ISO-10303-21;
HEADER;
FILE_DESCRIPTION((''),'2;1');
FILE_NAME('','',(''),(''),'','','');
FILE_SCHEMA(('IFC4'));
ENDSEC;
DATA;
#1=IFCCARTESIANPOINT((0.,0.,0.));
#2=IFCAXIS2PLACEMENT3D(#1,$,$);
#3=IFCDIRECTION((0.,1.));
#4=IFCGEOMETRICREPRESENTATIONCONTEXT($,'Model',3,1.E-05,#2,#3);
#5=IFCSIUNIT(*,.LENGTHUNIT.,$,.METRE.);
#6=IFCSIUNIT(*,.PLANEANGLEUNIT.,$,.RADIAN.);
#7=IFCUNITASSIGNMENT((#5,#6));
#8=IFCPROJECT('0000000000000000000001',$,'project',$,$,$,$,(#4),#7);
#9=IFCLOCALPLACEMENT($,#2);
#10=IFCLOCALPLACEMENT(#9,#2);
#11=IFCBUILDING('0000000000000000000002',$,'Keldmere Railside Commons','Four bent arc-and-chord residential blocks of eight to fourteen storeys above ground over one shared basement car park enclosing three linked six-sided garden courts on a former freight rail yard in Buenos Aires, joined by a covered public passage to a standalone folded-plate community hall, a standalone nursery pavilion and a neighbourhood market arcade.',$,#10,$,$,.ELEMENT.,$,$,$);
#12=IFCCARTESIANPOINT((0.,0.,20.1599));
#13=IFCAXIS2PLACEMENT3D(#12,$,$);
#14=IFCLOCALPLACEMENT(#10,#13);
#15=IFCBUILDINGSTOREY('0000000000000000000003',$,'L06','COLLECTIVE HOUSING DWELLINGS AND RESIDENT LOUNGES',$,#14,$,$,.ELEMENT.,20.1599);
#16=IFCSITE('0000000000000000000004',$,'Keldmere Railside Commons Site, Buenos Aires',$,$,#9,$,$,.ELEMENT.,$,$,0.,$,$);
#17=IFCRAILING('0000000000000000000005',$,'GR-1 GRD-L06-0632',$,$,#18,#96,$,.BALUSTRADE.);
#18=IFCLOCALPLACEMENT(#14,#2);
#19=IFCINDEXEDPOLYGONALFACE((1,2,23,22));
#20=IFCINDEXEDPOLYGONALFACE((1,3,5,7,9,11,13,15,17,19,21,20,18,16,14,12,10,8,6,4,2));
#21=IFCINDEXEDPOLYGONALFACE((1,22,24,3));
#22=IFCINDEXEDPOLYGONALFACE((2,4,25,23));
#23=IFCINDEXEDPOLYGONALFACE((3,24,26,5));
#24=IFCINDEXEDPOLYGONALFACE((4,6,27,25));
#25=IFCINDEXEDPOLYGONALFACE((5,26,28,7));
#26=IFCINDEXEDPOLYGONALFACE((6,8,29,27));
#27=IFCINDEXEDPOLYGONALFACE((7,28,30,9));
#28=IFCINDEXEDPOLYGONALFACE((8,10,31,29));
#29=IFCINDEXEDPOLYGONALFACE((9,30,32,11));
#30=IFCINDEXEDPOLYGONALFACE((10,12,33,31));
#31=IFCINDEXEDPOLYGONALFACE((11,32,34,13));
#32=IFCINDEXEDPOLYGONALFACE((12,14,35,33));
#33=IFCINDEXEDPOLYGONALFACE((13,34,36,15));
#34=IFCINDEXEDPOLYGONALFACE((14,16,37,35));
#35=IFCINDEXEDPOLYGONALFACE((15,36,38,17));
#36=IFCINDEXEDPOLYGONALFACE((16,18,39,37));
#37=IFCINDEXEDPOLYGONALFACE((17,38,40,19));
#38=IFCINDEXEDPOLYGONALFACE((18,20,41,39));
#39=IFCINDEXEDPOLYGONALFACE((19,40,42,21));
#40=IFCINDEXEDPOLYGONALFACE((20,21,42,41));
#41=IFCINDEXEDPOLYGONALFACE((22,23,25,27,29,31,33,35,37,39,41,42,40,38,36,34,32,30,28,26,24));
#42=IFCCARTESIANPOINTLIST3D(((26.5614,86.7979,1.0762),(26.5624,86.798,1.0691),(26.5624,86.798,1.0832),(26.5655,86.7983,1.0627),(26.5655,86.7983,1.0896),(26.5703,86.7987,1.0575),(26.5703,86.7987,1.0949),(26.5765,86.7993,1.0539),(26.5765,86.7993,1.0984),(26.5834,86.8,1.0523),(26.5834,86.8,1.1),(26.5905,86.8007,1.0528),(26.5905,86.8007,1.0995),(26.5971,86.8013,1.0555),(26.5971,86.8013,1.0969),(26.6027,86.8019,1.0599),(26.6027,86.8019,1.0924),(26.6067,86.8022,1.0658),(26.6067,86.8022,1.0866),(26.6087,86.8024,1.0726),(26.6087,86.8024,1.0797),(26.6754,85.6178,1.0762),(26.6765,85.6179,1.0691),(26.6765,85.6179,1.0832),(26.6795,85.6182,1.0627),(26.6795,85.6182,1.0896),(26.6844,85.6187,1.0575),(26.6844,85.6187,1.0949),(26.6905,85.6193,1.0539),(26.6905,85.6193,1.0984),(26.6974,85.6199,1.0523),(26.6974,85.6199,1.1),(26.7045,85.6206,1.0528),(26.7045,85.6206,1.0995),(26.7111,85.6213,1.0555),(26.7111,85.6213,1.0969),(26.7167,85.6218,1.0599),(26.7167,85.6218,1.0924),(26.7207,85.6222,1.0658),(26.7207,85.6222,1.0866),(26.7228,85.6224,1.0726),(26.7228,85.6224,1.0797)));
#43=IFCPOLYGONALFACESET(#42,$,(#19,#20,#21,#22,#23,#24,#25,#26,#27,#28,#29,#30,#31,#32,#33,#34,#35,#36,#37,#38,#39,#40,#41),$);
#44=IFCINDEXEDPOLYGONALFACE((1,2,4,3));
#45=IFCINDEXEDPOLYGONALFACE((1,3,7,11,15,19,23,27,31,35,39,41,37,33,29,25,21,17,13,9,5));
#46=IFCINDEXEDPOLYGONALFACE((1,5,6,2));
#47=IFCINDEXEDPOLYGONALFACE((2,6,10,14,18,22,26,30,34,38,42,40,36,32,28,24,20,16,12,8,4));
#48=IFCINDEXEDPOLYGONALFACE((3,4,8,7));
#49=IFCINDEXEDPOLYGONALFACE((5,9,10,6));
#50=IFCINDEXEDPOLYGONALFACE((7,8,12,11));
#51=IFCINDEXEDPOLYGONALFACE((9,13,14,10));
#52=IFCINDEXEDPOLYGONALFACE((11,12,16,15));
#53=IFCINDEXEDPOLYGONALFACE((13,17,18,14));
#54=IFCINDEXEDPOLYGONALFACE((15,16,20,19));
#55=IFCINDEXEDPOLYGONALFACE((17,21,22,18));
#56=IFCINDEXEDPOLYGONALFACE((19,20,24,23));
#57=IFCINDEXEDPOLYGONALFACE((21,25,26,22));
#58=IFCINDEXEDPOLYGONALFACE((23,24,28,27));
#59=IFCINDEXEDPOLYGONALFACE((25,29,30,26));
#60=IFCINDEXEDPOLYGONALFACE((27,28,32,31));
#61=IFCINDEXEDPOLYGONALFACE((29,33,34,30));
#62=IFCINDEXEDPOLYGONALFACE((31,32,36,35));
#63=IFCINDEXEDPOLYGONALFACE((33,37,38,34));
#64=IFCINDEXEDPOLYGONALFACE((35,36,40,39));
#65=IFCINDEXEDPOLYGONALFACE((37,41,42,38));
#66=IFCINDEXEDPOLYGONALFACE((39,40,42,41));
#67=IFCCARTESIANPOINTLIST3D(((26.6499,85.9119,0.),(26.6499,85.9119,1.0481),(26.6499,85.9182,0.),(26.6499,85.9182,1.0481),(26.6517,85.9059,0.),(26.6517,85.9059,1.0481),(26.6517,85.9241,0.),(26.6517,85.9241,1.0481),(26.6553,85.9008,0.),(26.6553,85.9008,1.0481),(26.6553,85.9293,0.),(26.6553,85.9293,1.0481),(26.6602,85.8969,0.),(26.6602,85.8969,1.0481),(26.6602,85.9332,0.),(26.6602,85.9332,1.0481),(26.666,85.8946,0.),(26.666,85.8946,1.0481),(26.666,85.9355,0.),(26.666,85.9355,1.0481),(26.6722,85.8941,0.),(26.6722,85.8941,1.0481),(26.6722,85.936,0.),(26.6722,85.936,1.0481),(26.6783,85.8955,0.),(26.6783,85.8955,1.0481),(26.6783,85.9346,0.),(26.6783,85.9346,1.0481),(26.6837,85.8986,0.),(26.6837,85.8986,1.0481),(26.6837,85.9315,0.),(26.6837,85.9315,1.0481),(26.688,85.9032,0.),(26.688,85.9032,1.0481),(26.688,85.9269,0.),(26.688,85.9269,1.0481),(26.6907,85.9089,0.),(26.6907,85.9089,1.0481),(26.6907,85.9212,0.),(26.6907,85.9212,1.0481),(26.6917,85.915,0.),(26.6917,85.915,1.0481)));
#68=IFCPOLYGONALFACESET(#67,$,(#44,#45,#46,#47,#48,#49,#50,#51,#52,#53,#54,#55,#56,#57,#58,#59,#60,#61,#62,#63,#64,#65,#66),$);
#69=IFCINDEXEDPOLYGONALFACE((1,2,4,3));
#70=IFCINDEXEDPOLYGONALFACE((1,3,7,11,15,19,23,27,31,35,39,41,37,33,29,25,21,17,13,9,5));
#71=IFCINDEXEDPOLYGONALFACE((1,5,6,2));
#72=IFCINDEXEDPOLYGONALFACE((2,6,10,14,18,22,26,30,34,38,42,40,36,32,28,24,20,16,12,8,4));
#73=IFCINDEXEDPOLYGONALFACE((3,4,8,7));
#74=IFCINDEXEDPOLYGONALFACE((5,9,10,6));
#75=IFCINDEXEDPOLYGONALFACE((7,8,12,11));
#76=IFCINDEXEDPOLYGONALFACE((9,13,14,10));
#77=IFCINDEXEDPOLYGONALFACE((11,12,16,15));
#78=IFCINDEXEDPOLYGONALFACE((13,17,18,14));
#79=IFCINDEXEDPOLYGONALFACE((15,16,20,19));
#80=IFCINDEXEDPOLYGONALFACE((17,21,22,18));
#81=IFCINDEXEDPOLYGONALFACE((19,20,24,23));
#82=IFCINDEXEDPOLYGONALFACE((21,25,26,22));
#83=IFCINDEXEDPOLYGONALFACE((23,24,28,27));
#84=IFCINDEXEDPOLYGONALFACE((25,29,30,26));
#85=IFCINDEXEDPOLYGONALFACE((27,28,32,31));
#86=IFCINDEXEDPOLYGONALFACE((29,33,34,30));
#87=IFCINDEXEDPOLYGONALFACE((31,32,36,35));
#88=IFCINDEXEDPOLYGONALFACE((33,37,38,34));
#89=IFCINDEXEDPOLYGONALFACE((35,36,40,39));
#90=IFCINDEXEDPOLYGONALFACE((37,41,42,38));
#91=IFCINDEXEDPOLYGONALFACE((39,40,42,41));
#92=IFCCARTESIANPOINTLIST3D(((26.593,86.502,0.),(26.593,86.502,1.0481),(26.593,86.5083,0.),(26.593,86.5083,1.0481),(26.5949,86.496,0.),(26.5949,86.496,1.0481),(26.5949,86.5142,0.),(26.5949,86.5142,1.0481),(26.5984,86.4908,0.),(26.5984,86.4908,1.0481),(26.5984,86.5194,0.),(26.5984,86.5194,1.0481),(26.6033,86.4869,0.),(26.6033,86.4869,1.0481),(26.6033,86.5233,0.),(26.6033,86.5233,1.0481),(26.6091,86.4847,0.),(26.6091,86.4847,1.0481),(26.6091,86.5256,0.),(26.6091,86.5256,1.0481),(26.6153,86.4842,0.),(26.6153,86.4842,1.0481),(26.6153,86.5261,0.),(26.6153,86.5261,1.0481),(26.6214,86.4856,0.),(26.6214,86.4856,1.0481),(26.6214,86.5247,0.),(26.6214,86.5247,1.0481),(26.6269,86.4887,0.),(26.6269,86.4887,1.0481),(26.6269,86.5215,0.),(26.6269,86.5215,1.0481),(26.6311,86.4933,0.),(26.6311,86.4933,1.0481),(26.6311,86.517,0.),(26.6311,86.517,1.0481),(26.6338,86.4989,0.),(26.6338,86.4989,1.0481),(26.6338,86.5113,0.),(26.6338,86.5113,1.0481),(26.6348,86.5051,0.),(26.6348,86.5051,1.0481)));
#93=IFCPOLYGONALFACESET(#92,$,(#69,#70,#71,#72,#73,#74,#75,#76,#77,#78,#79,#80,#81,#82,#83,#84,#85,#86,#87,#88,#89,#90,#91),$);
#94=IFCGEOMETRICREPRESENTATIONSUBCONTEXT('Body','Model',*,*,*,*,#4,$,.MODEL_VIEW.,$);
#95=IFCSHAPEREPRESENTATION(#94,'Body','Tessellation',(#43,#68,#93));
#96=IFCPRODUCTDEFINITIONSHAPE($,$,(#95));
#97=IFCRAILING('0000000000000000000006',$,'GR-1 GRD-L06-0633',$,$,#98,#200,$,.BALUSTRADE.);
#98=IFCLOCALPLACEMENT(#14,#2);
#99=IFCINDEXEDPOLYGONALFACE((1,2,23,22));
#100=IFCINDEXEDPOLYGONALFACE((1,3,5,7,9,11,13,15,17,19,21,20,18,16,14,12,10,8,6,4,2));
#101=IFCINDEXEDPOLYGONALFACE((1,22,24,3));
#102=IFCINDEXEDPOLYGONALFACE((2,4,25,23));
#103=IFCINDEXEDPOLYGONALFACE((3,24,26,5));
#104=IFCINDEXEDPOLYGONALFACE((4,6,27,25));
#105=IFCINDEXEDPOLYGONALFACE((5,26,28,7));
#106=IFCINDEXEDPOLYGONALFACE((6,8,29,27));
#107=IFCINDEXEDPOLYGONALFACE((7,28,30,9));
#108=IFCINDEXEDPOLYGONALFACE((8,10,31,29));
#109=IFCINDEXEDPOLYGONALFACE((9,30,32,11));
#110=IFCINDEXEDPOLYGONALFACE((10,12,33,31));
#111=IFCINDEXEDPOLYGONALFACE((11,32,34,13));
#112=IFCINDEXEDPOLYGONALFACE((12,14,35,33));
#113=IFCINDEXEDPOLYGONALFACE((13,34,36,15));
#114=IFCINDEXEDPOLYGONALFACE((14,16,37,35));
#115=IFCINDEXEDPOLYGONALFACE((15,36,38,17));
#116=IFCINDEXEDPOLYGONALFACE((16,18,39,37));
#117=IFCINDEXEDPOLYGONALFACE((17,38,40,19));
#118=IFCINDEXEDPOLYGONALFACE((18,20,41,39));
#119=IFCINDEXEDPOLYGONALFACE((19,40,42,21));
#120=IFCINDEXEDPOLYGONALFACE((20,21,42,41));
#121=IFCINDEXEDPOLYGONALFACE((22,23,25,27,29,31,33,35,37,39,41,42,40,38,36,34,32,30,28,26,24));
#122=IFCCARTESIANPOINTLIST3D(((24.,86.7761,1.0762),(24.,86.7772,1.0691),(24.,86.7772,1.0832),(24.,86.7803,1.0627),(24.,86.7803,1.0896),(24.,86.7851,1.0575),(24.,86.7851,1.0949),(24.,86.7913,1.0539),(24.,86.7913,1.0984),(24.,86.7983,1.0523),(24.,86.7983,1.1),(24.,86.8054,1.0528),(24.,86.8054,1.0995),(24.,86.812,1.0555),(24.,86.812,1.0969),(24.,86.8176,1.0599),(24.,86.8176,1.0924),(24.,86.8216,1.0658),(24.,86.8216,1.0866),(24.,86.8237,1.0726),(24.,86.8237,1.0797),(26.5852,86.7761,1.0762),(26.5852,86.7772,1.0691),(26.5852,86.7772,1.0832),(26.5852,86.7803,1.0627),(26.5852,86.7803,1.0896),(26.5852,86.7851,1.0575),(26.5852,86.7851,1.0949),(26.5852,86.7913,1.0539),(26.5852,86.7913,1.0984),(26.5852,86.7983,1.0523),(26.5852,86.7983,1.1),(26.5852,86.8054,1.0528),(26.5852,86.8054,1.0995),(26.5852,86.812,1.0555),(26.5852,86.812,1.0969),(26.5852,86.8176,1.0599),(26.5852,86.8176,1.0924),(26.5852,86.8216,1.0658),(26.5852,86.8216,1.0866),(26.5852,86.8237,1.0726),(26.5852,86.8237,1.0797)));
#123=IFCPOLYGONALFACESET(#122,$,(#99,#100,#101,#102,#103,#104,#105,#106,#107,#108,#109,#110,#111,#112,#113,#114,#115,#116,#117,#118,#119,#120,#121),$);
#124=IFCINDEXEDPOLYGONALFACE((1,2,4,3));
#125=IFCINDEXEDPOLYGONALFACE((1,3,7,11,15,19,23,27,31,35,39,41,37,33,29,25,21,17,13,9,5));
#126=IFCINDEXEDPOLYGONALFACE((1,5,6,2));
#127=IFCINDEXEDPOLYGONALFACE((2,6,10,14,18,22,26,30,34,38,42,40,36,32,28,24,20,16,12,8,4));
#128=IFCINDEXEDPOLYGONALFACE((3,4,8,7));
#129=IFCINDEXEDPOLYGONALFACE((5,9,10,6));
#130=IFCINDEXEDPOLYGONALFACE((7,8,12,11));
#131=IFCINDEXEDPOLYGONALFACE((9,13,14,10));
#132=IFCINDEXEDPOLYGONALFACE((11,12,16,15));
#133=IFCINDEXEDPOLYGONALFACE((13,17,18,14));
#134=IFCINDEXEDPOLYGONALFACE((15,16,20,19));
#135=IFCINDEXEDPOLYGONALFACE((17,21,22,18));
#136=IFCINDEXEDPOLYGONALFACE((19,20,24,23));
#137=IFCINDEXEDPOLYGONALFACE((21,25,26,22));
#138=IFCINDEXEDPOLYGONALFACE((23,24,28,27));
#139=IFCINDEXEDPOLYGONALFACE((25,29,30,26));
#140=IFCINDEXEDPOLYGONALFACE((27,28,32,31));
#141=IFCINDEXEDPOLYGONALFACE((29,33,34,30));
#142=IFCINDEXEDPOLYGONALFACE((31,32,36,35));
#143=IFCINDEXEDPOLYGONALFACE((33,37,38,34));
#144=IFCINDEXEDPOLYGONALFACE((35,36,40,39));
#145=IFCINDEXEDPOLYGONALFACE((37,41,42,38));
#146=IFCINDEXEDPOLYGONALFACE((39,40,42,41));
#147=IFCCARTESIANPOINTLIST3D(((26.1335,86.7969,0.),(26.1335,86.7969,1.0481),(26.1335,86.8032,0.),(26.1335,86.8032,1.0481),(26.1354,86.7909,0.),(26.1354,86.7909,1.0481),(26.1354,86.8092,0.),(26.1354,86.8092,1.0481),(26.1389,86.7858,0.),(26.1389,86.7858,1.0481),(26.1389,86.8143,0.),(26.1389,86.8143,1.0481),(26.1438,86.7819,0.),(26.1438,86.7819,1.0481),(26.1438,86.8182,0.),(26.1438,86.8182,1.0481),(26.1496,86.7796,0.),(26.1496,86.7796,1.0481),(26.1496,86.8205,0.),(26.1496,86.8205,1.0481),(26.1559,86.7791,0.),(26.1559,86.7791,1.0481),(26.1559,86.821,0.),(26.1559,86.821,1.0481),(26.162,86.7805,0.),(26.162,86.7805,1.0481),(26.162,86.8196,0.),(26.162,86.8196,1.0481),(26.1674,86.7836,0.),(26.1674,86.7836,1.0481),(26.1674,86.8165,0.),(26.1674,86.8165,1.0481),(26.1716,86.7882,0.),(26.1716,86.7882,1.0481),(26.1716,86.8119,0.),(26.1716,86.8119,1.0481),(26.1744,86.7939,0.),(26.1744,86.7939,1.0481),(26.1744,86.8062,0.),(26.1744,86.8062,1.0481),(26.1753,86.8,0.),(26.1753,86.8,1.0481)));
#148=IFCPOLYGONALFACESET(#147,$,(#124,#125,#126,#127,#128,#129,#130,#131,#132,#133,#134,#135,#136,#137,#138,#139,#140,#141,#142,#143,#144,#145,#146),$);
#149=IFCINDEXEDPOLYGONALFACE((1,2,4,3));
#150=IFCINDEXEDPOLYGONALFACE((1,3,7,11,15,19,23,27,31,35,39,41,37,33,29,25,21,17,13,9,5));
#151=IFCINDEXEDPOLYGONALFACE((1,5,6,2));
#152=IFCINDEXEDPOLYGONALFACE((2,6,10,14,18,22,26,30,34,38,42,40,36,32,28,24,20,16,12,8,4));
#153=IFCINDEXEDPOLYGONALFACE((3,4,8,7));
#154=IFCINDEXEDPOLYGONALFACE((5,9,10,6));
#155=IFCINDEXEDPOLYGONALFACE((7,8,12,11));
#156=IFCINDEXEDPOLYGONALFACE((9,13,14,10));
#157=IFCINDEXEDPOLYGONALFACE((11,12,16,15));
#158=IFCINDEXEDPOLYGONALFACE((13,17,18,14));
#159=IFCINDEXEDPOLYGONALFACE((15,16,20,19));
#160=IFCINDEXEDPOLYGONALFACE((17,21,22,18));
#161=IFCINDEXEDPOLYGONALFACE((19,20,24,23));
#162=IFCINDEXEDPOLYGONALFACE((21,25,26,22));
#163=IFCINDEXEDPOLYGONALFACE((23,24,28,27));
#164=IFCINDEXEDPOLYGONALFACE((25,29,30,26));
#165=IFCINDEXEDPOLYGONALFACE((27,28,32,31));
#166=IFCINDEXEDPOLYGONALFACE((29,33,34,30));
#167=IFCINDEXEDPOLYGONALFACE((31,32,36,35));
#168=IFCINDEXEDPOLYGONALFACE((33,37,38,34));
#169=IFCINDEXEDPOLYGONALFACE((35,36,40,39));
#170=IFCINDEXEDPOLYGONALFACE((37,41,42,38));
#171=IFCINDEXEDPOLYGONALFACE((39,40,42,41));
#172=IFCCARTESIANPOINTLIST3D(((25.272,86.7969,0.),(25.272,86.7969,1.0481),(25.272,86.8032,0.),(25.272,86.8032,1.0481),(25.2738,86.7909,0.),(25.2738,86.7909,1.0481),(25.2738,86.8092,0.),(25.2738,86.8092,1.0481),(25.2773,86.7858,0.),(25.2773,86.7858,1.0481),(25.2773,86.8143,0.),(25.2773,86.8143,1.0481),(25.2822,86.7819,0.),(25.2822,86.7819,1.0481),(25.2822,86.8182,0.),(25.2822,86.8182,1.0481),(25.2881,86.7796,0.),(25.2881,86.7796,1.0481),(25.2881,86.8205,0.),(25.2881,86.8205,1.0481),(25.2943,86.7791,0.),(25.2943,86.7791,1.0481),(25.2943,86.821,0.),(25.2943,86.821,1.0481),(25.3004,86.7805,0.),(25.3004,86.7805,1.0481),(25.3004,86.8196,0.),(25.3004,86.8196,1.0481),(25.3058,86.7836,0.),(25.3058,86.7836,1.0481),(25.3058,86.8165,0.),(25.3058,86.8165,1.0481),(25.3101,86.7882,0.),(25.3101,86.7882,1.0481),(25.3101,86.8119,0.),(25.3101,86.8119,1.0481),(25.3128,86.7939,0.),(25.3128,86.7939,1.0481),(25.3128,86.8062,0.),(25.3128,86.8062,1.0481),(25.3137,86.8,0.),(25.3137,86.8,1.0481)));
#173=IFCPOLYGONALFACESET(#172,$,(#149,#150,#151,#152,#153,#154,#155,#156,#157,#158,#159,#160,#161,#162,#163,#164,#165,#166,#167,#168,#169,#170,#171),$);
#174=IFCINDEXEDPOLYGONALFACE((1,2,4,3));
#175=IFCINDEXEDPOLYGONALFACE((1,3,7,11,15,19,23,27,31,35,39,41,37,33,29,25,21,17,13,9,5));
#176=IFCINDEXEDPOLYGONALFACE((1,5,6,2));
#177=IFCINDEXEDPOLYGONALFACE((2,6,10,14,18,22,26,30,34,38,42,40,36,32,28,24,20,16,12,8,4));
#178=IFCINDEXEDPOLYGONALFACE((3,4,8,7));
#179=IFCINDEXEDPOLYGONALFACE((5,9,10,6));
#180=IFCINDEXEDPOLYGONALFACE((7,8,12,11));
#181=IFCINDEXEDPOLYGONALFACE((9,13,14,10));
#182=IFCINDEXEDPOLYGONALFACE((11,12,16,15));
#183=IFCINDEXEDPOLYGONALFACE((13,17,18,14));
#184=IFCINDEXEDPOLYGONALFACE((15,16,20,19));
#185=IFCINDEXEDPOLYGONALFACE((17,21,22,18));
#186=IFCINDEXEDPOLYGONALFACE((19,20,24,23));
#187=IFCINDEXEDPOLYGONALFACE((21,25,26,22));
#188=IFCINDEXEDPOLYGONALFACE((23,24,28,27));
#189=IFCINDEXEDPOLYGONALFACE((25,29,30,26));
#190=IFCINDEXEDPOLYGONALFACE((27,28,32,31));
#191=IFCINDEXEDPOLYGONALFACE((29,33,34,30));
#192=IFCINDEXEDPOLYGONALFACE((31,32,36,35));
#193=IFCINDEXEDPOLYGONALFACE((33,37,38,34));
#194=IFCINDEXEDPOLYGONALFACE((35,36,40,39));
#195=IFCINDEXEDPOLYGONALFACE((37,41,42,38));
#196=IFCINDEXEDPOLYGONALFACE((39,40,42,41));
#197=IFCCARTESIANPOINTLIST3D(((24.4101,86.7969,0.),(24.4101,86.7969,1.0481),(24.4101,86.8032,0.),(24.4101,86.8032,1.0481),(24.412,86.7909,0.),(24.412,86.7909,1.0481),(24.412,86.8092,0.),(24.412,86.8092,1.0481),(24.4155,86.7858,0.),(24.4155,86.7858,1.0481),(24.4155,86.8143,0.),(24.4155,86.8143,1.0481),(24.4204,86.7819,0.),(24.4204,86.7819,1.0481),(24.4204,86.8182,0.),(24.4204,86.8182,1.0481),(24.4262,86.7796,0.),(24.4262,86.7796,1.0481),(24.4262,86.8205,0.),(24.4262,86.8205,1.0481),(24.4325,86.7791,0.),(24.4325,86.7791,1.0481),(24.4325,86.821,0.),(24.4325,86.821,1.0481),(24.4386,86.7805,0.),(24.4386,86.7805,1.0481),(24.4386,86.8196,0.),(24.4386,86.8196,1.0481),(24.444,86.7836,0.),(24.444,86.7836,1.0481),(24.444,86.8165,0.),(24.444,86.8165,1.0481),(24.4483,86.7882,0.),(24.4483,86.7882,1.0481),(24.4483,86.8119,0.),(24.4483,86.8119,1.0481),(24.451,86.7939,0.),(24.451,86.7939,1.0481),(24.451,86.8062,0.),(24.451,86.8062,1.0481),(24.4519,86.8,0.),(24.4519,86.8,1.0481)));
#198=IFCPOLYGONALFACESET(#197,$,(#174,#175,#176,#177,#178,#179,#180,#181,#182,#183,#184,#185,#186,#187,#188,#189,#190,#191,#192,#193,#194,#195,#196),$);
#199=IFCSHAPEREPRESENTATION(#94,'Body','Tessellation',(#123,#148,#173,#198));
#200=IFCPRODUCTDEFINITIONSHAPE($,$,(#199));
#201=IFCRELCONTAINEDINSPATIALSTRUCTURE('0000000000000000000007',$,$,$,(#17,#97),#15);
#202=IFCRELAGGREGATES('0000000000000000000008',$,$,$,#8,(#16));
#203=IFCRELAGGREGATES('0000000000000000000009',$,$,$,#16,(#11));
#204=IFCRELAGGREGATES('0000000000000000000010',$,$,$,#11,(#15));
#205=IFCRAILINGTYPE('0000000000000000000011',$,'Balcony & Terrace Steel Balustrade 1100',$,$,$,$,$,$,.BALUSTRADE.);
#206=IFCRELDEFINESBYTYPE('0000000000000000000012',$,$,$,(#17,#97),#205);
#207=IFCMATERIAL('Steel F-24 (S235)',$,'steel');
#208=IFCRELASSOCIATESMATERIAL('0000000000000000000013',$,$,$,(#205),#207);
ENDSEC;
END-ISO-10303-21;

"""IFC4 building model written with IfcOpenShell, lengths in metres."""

from ifc_helpers import new_model, si_unit, direction, frame, origin, origin_2d, place, context, subcontext, project, spatial, circle, extrude, material, type_object, element, save


model = new_model("IFC4")

# Units and contexts
model_context = context("Model", 3, precision=1e-05, world=origin(), true_north=direction((0.0, 1.0)))
body_context = subcontext(model_context, "Body", "Model", "MODEL_VIEW")
ifc_project = project(units=[si_unit("LENGTHUNIT", "METRE"), si_unit("PLANEANGLEUNIT", "RADIAN")], contexts=[model_context])

# Site, building, storey
site_placement = place(None, origin())
site = spatial("IfcSite", under=ifc_project, at=site_placement, Name="Keldmere Railside Commons Site, Buenos Aires", CompositionType="ELEMENT", RefElevation=0.0)
building_placement = place(site_placement, origin())
building = spatial("IfcBuilding", under=site, at=building_placement, Name="Keldmere Railside Commons", Description="Four bent arc-and-chord residential blocks of eight to fourteen storeys above ground over one shared basement car park enclosing three linked six-sided garden courts on a former freight rail yard in Buenos Aires, joined by a covered public passage to a standalone folded-plate community hall, a standalone nursery pavilion and a neighbourhood market arcade.", CompositionType="ELEMENT")
storey_placement = place(building_placement, frame((0.0, 0.0, 20.1599)))
storey = spatial("IfcBuildingStorey", under=building, at=storey_placement, Name="L06", Description="COLLECTIVE HOUSING DWELLINGS AND RESIDENT LOUNGES", CompositionType="ELEMENT", Elevation=20.1599)

# Railings
ifc_material_1 = material(Name="Steel F-24 (S235)", Category="steel")
railing_type = type_object("IfcRailingType", Name="Balcony & Terrace Steel Balustrade 1100", PredefinedType="BALUSTRADE", material=ifc_material_1)
railing_1_placement = place(storey_placement, frame((26.6992, 85.6201, 0.0)))
element("IfcRailing", 1, at=railing_1_placement, inside=storey, type_object=railing_type, Name="GR-1 GRD-L06-0632", PredefinedType="BALUSTRADE", context=body_context, shape_type="SweptSolid", body=[
    extrude(circle(Radius=0.0239, at=origin_2d()), frame((0.0, 0.0, 1.0762), z_axis=(-0.096179, 0.995364, 0.0), x_axis=(-0.995364, -0.096179, 0.0)), (0.0, 0.0, 1.0), 1.1855),
    extrude(circle(Radius=0.021, at=origin_2d()), frame((-0.0286, 0.2949, 0.0)), (0.0, 0.0, 1.0), 1.0481),
    extrude(circle(Radius=0.021, at=origin_2d()), frame((-0.0854, 0.885, 0.0)), (0.0, 0.0, 1.0), 1.0481),
])
railing_2_placement = place(storey_placement, frame((26.5852, 86.8, 0.0)))
element("IfcRailing", 2, at=railing_2_placement, inside=storey, type_object=railing_type, Name="GR-1 GRD-L06-0633", PredefinedType="BALUSTRADE", context=body_context, shape_type="SweptSolid", body=[
    extrude(circle(Radius=0.0239, at=origin_2d()), frame((0.0, 0.0, 1.0762), z_axis=(-1.0, 0.0, 0.0), x_axis=(0.0, -1.0, 0.0)), (0.0, 0.0, 1.0), 2.5852),
    extrude(circle(Radius=0.021, at=origin_2d()), frame((-0.4309, 0.0, 0.0)), (0.0, 0.0, 1.0), 1.0481),
    extrude(circle(Radius=0.021, at=origin_2d()), frame((-1.2925, 0.0, 0.0)), (0.0, 0.0, 1.0), 1.0481),
    extrude(circle(Radius=0.021, at=origin_2d()), frame((-2.1543, 0.0, 0.0)), (0.0, 0.0, 1.0), 1.0481),
])

save(model, "model.ifc")
